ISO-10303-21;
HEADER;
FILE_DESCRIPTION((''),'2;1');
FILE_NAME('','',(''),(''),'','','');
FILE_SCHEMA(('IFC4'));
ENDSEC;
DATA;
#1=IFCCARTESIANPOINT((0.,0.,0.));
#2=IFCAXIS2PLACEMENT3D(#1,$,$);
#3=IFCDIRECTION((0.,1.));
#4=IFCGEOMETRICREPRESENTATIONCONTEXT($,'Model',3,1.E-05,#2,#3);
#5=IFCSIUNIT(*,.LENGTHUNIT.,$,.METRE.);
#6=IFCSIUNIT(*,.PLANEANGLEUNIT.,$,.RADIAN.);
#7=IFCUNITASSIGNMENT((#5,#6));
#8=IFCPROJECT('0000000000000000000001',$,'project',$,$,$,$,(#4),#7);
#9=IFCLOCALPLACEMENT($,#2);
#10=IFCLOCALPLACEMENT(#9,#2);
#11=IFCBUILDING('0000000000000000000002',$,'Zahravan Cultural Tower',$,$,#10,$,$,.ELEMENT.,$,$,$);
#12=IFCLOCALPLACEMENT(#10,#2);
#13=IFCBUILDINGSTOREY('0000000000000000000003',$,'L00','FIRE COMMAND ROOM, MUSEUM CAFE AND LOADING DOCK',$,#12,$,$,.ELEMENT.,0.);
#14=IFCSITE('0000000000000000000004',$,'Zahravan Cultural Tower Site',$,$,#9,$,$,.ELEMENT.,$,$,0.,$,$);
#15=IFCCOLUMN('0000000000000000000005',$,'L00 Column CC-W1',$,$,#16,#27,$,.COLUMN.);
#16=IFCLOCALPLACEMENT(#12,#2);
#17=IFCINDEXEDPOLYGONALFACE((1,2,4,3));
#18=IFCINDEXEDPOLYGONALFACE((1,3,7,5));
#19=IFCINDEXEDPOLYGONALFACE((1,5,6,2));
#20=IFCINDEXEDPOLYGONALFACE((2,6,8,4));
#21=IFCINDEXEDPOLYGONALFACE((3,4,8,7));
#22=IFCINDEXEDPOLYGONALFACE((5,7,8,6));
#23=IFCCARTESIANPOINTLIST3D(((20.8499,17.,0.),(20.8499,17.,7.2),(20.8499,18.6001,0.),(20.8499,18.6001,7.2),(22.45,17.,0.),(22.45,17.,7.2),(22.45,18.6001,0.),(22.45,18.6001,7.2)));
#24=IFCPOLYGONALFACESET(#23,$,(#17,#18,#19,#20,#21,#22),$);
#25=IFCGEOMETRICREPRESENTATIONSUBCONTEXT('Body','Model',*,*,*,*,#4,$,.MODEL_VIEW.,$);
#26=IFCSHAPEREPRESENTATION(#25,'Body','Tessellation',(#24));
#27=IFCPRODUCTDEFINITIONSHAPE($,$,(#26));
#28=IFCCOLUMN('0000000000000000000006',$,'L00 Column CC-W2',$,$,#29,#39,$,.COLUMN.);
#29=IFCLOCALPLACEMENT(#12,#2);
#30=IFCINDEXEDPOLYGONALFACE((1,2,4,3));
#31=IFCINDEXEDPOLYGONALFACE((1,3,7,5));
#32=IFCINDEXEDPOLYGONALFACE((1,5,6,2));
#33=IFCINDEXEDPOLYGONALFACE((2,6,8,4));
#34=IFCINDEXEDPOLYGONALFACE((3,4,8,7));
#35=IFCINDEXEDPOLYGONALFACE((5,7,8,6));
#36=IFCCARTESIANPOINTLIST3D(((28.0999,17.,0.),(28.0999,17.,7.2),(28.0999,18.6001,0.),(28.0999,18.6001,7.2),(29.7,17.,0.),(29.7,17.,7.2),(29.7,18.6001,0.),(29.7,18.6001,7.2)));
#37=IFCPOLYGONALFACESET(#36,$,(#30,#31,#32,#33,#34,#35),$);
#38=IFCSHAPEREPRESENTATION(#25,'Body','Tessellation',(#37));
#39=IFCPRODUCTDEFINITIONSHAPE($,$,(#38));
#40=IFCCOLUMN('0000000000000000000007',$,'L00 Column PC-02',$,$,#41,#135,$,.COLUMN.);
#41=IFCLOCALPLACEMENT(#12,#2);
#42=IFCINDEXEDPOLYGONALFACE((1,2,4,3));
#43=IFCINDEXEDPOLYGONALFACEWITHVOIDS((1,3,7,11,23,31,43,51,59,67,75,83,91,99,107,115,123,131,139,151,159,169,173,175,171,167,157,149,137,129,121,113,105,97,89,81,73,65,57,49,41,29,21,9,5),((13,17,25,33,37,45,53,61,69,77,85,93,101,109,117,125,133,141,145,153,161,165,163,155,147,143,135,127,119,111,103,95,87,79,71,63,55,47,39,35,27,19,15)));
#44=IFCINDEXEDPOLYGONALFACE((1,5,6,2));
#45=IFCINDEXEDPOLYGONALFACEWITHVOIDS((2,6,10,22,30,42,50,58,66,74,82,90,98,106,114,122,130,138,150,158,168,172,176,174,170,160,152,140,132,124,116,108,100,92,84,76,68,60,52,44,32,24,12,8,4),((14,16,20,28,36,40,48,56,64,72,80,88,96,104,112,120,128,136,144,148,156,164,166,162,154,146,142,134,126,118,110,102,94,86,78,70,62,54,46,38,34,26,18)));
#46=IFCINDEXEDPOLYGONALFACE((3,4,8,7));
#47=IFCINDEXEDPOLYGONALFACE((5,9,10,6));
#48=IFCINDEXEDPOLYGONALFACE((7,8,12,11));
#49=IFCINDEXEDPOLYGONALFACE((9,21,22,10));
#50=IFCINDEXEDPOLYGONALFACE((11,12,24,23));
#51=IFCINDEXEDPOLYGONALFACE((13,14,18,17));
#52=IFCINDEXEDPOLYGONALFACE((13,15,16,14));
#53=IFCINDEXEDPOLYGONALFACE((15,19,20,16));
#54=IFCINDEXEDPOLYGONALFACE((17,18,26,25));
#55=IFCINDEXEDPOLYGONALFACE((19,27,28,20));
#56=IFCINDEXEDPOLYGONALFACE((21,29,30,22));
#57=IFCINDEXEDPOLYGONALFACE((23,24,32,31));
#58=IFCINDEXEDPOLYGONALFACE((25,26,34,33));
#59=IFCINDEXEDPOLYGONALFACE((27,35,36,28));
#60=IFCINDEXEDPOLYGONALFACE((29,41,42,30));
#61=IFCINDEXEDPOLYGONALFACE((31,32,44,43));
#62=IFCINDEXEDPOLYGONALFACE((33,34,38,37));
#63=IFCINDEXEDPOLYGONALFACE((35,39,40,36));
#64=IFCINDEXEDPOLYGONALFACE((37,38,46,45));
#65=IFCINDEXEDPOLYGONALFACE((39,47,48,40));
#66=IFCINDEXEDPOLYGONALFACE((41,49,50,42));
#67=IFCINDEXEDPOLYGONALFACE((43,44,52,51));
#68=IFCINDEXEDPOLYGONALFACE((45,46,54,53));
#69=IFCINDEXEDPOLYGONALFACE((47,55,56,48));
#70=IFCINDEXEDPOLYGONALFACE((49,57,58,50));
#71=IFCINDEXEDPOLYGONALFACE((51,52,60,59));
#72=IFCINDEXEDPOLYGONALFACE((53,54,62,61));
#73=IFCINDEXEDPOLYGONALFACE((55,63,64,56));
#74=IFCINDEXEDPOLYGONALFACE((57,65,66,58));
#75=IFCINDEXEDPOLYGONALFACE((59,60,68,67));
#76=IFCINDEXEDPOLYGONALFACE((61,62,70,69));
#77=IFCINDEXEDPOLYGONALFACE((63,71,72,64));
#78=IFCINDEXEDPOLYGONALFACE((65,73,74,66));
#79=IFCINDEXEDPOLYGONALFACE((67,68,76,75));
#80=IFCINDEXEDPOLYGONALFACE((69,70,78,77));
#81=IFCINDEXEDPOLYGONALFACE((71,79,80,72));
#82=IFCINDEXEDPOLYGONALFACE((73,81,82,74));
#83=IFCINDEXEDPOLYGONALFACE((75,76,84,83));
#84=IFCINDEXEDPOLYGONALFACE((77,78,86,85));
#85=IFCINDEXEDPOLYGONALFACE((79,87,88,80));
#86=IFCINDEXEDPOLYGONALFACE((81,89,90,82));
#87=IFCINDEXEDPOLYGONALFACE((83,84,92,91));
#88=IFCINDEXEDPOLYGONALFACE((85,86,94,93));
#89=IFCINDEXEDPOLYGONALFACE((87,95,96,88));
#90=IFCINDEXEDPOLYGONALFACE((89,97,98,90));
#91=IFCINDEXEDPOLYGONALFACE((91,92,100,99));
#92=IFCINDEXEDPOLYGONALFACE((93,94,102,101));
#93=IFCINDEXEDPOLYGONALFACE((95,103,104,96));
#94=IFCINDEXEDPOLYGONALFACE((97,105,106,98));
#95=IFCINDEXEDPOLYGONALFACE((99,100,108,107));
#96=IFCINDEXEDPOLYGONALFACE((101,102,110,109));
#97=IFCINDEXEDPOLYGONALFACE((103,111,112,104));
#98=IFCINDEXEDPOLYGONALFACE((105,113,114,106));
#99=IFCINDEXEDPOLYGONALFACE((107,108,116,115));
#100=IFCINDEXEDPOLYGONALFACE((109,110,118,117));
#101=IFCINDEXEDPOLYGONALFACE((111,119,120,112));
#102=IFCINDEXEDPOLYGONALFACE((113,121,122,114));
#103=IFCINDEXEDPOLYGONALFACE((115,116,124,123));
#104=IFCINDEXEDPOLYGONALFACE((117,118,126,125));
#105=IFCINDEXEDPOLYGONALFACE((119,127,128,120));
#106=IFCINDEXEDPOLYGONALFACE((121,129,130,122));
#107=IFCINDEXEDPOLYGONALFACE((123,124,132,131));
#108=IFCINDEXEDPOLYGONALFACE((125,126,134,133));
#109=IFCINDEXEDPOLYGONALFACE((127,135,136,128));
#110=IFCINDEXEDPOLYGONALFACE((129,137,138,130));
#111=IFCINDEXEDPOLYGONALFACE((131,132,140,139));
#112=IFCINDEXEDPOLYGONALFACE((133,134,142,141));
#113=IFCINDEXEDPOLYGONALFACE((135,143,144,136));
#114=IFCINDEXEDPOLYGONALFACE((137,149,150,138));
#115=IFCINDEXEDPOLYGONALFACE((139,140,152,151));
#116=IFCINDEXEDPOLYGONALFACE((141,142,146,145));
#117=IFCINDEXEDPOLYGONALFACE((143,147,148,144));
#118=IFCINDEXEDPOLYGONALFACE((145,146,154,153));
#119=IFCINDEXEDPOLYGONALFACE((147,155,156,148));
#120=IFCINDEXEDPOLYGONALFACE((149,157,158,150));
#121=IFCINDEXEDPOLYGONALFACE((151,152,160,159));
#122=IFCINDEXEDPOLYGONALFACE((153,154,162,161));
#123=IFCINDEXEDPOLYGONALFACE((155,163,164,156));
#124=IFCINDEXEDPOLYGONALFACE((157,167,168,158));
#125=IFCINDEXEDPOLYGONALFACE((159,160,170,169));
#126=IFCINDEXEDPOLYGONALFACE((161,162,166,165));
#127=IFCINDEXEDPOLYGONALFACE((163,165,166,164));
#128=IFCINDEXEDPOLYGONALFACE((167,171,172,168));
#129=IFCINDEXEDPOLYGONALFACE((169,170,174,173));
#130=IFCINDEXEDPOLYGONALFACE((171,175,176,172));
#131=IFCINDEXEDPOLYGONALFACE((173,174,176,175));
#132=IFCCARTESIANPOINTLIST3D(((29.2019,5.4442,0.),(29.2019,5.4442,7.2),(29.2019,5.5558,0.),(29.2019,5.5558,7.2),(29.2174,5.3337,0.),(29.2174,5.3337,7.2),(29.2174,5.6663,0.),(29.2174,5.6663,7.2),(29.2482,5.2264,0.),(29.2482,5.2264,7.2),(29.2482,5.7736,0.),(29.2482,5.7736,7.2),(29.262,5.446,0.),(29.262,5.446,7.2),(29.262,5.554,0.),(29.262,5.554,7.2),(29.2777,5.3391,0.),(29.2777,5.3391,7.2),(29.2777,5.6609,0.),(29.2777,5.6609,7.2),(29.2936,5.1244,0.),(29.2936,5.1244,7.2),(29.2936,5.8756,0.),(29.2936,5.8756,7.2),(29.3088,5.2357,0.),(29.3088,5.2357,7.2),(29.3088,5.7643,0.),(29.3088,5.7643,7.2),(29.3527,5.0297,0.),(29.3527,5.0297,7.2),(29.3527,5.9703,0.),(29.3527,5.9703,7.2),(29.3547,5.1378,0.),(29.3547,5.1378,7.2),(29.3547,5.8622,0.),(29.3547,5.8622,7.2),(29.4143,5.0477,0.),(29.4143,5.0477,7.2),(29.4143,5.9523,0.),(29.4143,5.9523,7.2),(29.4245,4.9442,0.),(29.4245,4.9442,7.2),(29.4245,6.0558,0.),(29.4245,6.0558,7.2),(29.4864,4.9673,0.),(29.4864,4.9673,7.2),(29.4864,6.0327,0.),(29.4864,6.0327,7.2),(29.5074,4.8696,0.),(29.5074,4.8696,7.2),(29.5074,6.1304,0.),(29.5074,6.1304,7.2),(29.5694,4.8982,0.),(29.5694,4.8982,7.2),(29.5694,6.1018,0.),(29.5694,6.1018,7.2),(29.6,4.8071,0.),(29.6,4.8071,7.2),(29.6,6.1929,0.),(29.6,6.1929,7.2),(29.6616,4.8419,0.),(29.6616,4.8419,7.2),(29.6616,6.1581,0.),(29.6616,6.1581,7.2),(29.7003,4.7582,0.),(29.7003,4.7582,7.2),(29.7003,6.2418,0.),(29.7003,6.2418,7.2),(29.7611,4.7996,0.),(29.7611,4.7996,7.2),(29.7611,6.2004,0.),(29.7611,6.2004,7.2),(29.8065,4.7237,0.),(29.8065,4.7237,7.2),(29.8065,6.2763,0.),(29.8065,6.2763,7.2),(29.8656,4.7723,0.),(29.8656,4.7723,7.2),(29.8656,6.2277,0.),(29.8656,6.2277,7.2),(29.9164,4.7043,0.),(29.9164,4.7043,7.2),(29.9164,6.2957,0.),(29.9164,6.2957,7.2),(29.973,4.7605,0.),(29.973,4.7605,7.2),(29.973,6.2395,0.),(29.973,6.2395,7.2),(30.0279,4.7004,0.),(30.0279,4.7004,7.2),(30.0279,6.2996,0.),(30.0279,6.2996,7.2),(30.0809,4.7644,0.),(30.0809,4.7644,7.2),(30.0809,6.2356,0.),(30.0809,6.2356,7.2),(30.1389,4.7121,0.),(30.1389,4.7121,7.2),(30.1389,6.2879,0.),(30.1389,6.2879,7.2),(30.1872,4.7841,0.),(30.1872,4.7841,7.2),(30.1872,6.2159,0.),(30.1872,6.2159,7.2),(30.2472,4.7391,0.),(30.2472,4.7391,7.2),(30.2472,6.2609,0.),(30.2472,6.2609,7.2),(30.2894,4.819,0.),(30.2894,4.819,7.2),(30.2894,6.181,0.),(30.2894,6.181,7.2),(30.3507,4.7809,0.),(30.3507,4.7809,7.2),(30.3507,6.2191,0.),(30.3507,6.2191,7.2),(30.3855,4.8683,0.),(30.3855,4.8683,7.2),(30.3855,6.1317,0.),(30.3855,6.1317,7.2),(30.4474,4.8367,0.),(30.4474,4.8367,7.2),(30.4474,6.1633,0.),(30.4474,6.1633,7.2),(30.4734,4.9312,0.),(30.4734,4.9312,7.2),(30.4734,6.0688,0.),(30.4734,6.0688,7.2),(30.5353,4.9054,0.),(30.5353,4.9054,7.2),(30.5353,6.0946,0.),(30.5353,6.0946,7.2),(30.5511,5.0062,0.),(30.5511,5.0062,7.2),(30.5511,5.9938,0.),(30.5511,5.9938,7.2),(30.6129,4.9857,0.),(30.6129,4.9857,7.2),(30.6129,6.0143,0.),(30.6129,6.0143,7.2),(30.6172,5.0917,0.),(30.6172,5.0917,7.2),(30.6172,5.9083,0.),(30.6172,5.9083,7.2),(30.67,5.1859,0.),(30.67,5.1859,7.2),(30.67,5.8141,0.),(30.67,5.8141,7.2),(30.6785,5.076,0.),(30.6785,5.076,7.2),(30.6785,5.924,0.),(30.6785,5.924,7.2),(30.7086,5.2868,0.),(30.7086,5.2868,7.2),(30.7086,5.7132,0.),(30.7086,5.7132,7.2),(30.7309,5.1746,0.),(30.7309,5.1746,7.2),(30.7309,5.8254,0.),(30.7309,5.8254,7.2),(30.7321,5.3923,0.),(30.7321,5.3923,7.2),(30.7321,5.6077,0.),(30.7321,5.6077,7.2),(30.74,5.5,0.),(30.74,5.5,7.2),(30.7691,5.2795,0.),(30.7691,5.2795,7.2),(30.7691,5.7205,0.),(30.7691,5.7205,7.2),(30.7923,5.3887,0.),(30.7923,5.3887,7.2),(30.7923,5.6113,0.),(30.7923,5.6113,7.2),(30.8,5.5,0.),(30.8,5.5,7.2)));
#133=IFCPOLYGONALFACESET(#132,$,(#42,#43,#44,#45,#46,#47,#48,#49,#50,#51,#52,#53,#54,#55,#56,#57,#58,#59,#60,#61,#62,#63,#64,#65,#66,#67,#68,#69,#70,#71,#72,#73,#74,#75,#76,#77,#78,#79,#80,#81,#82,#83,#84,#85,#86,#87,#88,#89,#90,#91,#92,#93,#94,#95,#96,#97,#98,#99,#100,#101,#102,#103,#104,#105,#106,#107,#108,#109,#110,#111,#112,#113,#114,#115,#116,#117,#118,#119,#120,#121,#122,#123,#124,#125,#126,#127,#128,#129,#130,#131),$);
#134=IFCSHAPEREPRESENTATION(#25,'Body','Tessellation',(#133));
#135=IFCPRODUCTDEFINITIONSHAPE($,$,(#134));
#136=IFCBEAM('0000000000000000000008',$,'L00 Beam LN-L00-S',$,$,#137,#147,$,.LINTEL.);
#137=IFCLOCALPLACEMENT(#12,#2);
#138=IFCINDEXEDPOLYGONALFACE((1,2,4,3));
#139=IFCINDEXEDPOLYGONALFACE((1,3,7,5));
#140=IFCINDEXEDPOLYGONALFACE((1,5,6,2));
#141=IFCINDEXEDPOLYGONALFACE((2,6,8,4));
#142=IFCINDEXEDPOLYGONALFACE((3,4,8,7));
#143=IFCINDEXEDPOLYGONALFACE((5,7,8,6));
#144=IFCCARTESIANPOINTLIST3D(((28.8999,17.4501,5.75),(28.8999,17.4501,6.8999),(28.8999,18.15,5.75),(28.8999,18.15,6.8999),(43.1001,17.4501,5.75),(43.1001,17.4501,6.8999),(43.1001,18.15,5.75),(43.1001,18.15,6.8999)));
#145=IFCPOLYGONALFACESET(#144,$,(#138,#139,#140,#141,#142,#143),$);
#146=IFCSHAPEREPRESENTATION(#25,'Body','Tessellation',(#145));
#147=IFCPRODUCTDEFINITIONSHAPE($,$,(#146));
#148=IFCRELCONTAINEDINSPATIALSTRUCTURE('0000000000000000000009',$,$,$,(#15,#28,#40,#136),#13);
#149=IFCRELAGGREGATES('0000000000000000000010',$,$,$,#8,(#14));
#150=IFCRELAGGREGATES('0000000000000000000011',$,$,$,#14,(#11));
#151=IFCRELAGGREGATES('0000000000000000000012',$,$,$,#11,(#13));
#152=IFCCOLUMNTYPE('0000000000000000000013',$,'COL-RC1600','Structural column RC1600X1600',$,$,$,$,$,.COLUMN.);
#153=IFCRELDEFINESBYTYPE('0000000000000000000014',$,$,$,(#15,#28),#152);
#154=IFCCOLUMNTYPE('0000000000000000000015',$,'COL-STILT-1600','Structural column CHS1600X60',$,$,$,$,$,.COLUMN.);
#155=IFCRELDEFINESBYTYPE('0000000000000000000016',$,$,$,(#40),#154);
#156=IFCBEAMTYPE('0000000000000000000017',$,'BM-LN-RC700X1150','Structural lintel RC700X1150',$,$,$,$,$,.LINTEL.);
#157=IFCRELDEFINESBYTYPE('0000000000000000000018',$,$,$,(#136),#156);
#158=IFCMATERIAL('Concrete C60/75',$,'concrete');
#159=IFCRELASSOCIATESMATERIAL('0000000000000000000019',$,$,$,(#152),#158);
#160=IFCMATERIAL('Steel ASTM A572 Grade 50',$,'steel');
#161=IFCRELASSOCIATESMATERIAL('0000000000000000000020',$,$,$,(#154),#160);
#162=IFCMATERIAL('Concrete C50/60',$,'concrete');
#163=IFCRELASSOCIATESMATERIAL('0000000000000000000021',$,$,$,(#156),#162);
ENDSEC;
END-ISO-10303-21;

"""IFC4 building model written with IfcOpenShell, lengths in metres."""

from ifc_helpers import new_model, si_unit, direction, frame, origin, origin_2d, place, context, subcontext, project, spatial, rectangle, hollow_circle, extrude, source, transform, mapped, material, material_profile, profile_set, type_object, element, save


model = new_model("IFC4")

# Units and contexts
model_context = context("Model", 3, precision=1e-05, world=origin(), true_north=direction((0.0, 1.0)))
body_context = subcontext(model_context, "Body", "Model", "MODEL_VIEW")
ifc_project = project(units=[si_unit("LENGTHUNIT", "METRE"), si_unit("PLANEANGLEUNIT", "RADIAN")], contexts=[model_context])

# Site, building, storey
site_placement = place(None, origin())
site = spatial("IfcSite", under=ifc_project, at=site_placement, Name="Zahravan Cultural Tower Site", CompositionType="ELEMENT", RefElevation=0.0)
building_placement = place(site_placement, origin())
building = spatial("IfcBuilding", under=site, at=building_placement, Name="Zahravan Cultural Tower", CompositionType="ELEMENT")
storey_placement = place(building_placement, origin())
storey = spatial("IfcBuildingStorey", under=building, at=storey_placement, Name="L00", Description="FIRE COMMAND ROOM, MUSEUM CAFE AND LOADING DOCK", CompositionType="ELEMENT", Elevation=0.0)

# Columns
ifc_material_1 = material(Name="Concrete C60/75", Category="concrete")
ifc_material_profile_1 = material_profile(ifc_material_1, rectangle(XDim=1.6001, YDim=1.6001, at=origin_2d()), Name="RC1600X1600")
ifc_profile_set_1 = profile_set([ifc_material_profile_1], Name="Concrete C60/75")
column_type_1 = type_object("IfcColumnType", Name="COL-RC1600", Description="Structural column RC1600X1600", PredefinedType="COLUMN", material=ifc_profile_set_1)
shared_shape_1 = source(origin(), body_context, "Body", "SweptSolid", [
    extrude(rectangle(XDim=1.6001, YDim=1.6001, at=origin_2d()), origin(), (0.0, 0.0, 1.0), 7.2),
])
for number, where, z_axis, x_axis, name in (
    (1, (21.6499, 17.8, 0.0), (0.0, 0.0, 1.0), (1.0, 0.0, 0.0), "L00 Column CC-W1"),
    (2, (28.8999, 17.8, 0.0), (0.0, 0.0, 1.0), (1.0, 0.0, 0.0), "L00 Column CC-W2"),
):
    element("IfcColumn", number, at=place(storey_placement, frame(where, z_axis=z_axis, x_axis=x_axis)), inside=storey, type_object=column_type_1, Name=name, PredefinedType="COLUMN", context=body_context, shape_type="MappedRepresentation", body=[
        mapped(shared_shape_1, transform((0.0, 0.0, 0.0), x_axis=(1.0, 0.0, 0.0), y_axis=(0.0, 1.0, 0.0), z_axis=(0.0, 0.0, 1.0), scale=1.0)),
    ])
ifc_material_2 = material(Name="Steel ASTM A572 Grade 50", Category="steel")
ifc_material_profile_2 = material_profile(ifc_material_2, hollow_circle(Radius=0.8, WallThickness=0.0601, at=origin_2d()), Name="CHS1600X60")
ifc_profile_set_2 = profile_set([ifc_material_profile_2], Name="Steel ASTM A572 Grade 50")
column_type_2 = type_object("IfcColumnType", Name="COL-STILT-1600", Description="Structural column CHS1600X60", PredefinedType="COLUMN", material=ifc_profile_set_2)
shared_shape_2 = source(origin(), body_context, "Body", "SweptSolid", [
    extrude(hollow_circle(Radius=0.8, WallThickness=0.0601, at=origin_2d()), origin(), (0.0, 0.0, 1.0), 7.2),
])
column_placement = place(storey_placement, frame((30.0, 5.5, 0.0), z_axis=(0.0, 0.0, 1.0), x_axis=(1.0, 0.0, 0.0)))
element("IfcColumn", 3, at=column_placement, inside=storey, type_object=column_type_2, Name="L00 Column PC-02", PredefinedType="COLUMN", context=body_context, shape_type="MappedRepresentation", body=[
    mapped(shared_shape_2, transform((0.0, 0.0, 0.0), x_axis=(1.0, 0.0, 0.0), y_axis=(0.0, 1.0, 0.0), z_axis=(0.0, 0.0, 1.0), scale=1.0)),
])

# Beam
ifc_material_3 = material(Name="Concrete C50/60", Category="concrete")
ifc_material_profile_3 = material_profile(ifc_material_3, rectangle(XDim=0.7, YDim=1.1499, at=origin_2d()), Name="RC700X1150")
ifc_profile_set_3 = profile_set([ifc_material_profile_3], Name="Concrete C50/60")
beam_type_1 = type_object("IfcBeamType", Name="BM-LN-RC700X1150", Description="Structural lintel RC700X1150", PredefinedType="LINTEL", material=ifc_profile_set_3)
shared_shape_3 = source(origin(), body_context, "Body", "SweptSolid", [
    extrude(rectangle(XDim=0.7, YDim=1.1499, at=origin_2d()), origin(), (0.0, 0.0, 1.0), 14.2002),
])
beam_1_placement = place(storey_placement, frame((28.8999, 17.8, 6.325), z_axis=(1.0, 0.0, 0.0), x_axis=(0.0, 1.0, 0.0)))
element("IfcBeam", 4, at=beam_1_placement, inside=storey, type_object=beam_type_1, Name="L00 Beam LN-L00-S", PredefinedType="LINTEL", context=body_context, shape_type="MappedRepresentation", body=[
    mapped(shared_shape_3, transform((0.0, 0.0, 0.0), x_axis=(1.0, 0.0, 0.0), y_axis=(0.0, 1.0, 0.0), z_axis=(0.0, 0.0, 1.0), scale=1.0)),
])

save(model, "model.ifc")
